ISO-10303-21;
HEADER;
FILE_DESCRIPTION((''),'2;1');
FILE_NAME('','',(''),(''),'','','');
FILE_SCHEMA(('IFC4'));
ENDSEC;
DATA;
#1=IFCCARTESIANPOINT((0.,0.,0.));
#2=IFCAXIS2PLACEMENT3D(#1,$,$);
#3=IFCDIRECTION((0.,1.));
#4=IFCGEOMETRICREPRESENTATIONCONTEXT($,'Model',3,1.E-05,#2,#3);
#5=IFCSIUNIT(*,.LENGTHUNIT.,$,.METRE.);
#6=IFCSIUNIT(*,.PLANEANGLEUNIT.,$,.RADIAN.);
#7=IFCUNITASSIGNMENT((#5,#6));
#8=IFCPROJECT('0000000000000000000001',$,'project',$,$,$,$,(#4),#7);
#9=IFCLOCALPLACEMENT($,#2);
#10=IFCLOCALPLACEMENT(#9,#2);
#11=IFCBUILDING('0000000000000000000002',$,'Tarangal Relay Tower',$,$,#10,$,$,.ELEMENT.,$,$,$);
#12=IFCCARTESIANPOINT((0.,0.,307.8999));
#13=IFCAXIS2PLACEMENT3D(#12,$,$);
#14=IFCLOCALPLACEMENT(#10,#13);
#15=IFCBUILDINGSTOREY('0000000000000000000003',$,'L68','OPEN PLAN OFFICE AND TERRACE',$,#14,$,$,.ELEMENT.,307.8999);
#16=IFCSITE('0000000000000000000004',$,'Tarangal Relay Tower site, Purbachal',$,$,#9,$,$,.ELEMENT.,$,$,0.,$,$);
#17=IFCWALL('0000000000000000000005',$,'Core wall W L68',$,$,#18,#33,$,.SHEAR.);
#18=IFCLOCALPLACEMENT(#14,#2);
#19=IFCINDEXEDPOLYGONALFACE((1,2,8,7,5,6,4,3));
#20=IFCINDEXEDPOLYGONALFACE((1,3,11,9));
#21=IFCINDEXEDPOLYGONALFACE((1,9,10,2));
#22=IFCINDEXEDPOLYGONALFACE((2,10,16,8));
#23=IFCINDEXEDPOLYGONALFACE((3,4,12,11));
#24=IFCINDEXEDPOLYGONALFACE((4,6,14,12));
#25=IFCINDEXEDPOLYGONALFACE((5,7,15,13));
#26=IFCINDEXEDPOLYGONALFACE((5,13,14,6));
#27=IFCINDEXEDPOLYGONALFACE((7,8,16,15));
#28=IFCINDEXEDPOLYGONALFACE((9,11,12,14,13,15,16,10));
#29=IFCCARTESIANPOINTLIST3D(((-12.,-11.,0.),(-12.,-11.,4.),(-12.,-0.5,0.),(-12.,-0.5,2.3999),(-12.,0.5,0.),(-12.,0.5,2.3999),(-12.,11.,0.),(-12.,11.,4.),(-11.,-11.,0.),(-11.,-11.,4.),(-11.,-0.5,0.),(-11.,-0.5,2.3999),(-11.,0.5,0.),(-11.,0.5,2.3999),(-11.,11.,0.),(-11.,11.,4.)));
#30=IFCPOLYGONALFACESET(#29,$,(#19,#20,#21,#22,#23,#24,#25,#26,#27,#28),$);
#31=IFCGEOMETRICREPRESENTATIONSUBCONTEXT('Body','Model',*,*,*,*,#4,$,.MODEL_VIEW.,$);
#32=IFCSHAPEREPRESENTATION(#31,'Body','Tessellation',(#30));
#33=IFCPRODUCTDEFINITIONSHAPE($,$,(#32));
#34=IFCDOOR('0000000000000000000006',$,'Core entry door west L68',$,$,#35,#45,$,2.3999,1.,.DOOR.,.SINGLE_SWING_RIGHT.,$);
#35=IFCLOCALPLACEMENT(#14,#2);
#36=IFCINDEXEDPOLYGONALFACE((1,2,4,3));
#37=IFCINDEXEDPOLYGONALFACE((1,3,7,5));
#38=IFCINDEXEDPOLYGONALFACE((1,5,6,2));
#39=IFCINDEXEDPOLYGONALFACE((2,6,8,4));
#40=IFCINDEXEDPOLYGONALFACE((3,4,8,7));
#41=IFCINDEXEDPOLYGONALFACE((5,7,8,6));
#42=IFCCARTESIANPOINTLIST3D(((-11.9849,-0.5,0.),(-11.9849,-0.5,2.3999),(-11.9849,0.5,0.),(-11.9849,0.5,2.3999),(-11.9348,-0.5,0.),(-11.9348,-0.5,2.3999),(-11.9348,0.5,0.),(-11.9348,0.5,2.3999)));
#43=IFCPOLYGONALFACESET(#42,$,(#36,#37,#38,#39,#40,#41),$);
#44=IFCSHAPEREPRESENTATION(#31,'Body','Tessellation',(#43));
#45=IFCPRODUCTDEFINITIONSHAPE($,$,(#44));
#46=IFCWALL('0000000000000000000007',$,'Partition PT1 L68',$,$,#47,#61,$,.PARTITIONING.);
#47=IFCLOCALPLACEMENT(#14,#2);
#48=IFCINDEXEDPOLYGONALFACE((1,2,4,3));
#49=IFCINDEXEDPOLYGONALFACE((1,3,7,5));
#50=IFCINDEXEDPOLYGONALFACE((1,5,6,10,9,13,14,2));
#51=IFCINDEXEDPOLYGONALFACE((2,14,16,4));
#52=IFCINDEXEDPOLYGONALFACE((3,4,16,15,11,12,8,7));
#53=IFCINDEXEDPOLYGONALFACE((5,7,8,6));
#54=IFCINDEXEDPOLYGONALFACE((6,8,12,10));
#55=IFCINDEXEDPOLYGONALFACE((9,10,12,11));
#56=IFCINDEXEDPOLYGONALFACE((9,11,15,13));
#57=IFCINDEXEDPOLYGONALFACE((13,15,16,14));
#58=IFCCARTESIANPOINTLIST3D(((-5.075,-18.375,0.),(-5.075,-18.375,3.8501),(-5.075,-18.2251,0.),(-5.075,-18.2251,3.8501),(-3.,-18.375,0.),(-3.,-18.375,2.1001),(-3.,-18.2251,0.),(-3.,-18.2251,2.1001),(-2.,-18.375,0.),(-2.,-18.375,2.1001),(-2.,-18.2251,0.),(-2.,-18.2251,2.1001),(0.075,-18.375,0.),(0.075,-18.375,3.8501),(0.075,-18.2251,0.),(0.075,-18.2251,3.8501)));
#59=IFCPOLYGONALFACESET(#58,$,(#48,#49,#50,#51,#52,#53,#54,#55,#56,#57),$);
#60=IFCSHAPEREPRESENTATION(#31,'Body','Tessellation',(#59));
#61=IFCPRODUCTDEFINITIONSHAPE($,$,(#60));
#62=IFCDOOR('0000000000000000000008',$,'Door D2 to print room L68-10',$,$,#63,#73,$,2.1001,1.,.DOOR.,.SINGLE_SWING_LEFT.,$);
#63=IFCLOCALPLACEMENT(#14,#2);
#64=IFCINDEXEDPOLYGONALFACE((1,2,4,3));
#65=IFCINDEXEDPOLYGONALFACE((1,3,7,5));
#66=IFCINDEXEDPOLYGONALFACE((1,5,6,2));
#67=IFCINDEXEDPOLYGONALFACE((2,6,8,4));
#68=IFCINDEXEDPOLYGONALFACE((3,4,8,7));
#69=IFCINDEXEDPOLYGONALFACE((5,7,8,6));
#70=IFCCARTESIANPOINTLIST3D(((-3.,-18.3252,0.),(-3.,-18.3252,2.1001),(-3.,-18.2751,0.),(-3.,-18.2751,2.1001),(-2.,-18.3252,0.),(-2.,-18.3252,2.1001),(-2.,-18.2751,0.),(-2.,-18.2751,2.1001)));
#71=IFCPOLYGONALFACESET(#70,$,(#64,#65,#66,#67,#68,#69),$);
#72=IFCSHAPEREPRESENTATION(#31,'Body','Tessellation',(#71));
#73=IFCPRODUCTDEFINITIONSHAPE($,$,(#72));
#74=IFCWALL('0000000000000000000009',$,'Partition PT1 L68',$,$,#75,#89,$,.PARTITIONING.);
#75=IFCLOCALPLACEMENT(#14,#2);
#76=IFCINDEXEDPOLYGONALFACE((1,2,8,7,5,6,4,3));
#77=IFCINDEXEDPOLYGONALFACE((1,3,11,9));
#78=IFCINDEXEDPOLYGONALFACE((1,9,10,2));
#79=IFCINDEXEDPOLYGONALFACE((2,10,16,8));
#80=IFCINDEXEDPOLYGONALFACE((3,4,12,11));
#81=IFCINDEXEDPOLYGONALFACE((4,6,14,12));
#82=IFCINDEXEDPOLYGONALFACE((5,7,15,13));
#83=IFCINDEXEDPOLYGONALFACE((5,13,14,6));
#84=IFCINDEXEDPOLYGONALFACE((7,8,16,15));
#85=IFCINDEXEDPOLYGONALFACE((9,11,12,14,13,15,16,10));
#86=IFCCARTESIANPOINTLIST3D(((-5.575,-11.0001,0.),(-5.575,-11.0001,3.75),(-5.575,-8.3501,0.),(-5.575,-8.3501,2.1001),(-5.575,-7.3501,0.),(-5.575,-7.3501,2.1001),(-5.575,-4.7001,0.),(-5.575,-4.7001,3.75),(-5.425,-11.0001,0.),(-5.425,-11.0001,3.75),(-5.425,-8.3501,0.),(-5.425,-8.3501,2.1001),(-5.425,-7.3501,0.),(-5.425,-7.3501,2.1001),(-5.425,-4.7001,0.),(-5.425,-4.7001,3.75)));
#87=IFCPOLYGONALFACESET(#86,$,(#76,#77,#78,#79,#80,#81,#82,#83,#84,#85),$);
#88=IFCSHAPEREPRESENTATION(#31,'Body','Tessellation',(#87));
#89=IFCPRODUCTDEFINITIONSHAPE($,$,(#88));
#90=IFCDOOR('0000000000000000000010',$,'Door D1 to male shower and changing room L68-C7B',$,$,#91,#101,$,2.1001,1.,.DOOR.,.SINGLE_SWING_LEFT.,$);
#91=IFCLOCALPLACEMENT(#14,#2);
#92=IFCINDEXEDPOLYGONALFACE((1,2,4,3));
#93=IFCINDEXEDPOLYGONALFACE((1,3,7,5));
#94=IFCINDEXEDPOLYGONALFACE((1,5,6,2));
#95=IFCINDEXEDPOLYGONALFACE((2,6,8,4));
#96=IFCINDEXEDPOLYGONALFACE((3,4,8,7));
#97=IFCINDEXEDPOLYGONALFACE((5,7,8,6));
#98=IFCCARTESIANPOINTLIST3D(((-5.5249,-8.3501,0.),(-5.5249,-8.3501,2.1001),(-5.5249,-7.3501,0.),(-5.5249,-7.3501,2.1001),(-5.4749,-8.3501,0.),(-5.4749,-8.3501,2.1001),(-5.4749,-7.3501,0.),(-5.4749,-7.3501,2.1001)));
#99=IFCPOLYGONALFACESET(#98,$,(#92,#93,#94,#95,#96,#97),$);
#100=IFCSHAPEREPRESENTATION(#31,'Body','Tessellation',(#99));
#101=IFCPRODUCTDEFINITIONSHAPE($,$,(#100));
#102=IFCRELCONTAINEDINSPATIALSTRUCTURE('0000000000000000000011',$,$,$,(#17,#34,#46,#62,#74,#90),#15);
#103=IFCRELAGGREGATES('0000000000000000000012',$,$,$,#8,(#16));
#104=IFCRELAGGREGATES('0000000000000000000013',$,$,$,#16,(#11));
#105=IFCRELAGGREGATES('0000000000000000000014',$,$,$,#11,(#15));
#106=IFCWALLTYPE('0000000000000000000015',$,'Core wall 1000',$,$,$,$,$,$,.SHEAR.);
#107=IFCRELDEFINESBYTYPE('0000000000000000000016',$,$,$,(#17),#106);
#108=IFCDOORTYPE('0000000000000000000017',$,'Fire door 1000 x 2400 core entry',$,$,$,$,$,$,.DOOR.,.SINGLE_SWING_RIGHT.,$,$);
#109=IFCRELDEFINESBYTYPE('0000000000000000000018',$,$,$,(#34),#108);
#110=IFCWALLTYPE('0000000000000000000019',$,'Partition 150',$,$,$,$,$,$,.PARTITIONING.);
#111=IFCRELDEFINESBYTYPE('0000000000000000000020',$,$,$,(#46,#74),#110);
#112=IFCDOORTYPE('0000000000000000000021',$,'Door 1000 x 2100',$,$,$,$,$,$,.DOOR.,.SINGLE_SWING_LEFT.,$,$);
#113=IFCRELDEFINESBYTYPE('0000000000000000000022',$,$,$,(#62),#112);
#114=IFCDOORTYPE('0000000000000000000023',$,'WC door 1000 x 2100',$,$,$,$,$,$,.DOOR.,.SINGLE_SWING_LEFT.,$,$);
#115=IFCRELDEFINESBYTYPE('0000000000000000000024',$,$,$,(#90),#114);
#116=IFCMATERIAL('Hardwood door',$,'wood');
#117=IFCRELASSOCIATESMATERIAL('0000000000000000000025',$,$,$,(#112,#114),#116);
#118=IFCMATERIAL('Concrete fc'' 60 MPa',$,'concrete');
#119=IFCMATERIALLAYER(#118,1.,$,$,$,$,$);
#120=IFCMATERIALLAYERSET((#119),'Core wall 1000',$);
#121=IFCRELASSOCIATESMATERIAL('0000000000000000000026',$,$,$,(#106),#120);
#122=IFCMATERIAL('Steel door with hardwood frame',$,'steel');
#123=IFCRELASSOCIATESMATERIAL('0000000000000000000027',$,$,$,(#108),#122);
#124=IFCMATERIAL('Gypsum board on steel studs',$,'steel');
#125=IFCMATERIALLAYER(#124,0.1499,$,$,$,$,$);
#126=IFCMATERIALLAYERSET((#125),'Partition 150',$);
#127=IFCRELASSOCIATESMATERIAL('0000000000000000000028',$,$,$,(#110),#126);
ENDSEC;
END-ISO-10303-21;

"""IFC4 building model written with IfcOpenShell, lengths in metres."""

from ifc_helpers import new_model, si_unit, direction, frame, frame_2d, origin, place, context, subcontext, project, spatial, rectangle, extrude, material, layer, layer_set, type_object, element, fill, save


model = new_model("IFC4")

# Units and contexts
model_context = context("Model", 3, precision=1e-05, world=origin(), true_north=direction((0.0, 1.0)))
body_context = subcontext(model_context, "Body", "Model", "MODEL_VIEW")
ifc_project = project(units=[si_unit("LENGTHUNIT", "METRE"), si_unit("PLANEANGLEUNIT", "RADIAN")], contexts=[model_context])

# Site, building, storey
site_placement = place(None, origin())
site = spatial("IfcSite", under=ifc_project, at=site_placement, Name="Tarangal Relay Tower site, Purbachal", CompositionType="ELEMENT", RefElevation=0.0)
building_placement = place(site_placement, origin())
building = spatial("IfcBuilding", under=site, at=building_placement, Name="Tarangal Relay Tower", CompositionType="ELEMENT")
storey_placement = place(building_placement, frame((0.0, 0.0, 307.8999)))
storey = spatial("IfcBuildingStorey", under=building, at=storey_placement, Name="L68", Description="OPEN PLAN OFFICE AND TERRACE", CompositionType="ELEMENT", Elevation=307.8999)

# Shared definitions
ifc_material_1 = material(Name="Hardwood door", Category="wood")
door_type_1 = type_object("IfcDoorType", Name="Door 1000 x 2100", OperationType="SINGLE_SWING_LEFT", PredefinedType="DOOR", material=ifc_material_1)

# Shared definitions
ifc_material_2 = material(Name="Concrete fc' 60 MPa", Category="concrete")
door_type_2 = type_object("IfcDoorType", Name="WC door 1000 x 2100", OperationType="SINGLE_SWING_LEFT", PredefinedType="DOOR", material=ifc_material_1)

# Walls, openings, doors
ifc_layer_1 = layer(ifc_material_2, 1.0)
ifc_layer_set_1 = layer_set([ifc_layer_1], Name="Core wall 1000")
wall_type_1 = type_object("IfcWallType", Name="Core wall 1000", PredefinedType="SHEAR", material=ifc_layer_set_1)
wall_1_placement = place(storey_placement, frame((-11.5, -11.0, 0.0), z_axis=(0.0, 0.0, 1.0), x_axis=(0.0, 1.0, 0.0)))
wall_1 = element("IfcWall", 1, at=wall_1_placement, inside=storey, type_object=wall_type_1, Name="Core wall W L68", PredefinedType="SHEAR", context=body_context, shape_type="SweptSolid", body=[
    extrude(rectangle(XDim=22.0, YDim=1.0, at=frame_2d((11.0, 0.0))), origin(), (0.0, 0.0, 1.0), 4.0),
])
opening_1_placement = place(wall_1_placement, frame((10.5, 0.0, 0.0)))
opening_1 = element("IfcOpeningElement", 2, at=opening_1_placement, cuts=wall_1, PredefinedType="OPENING", context=body_context, shape_type="SweptSolid", body=[
    extrude(rectangle(XDim=1.0, YDim=2.3999, at=frame_2d((0.5, 1.2))), frame((0.0, 0.51, 0.0), z_axis=(0.0, -1.0, 0.0), x_axis=(1.0, 0.0, 0.0)), (0.0, 0.0, 1.0), 1.02),
])
ifc_material_3 = material(Name="Steel door with hardwood frame", Category="steel")
door_type_3 = type_object("IfcDoorType", Name="Fire door 1000 x 2400 core entry", OperationType="SINGLE_SWING_RIGHT", PredefinedType="DOOR", material=ifc_material_3)
door_1_placement = place(opening_1_placement, origin())
door_1 = element("IfcDoor", 3, at=door_1_placement, inside=storey, type_object=door_type_3, Name="Core entry door west L68", OperationType="SINGLE_SWING_RIGHT", OverallHeight=2.3999, OverallWidth=1.0, PredefinedType="DOOR", context=body_context, shape_type="SweptSolid", body=[
    extrude(rectangle(XDim=1.0, YDim=2.3999, at=frame_2d((0.5, 1.2))), frame((0.0, 0.4849, 0.0), z_axis=(0.0, -1.0, 0.0), x_axis=(1.0, 0.0, 0.0)), (0.0, 0.0, 1.0), 0.05),
])
fill(opening_1, door_1)
ifc_material_4 = material(Name="Gypsum board on steel studs", Category="steel")
ifc_layer_2 = layer(ifc_material_4, 0.1499)
ifc_layer_set_2 = layer_set([ifc_layer_2], Name="Partition 150")
wall_type_2 = type_object("IfcWallType", Name="Partition 150", PredefinedType="PARTITIONING", material=ifc_layer_set_2)
wall_2_placement = place(storey_placement, frame((-5.075, -18.3, 0.0), z_axis=(0.0, 0.0, 1.0), x_axis=(1.0, 0.0, 0.0)))
wall_2 = element("IfcWall", 4, at=wall_2_placement, inside=storey, type_object=wall_type_2, Name="Partition PT1 L68", PredefinedType="PARTITIONING", context=body_context, shape_type="SweptSolid", body=[
    extrude(rectangle(XDim=5.1499, YDim=0.1499, at=frame_2d((2.575, 0.0))), origin(), (0.0, 0.0, 1.0), 3.8501),
])
opening_2_placement = place(wall_2_placement, frame((2.075, 0.0, 0.0)))
opening_2 = element("IfcOpeningElement", 5, at=opening_2_placement, cuts=wall_2, PredefinedType="OPENING", context=body_context, shape_type="SweptSolid", body=[
    extrude(rectangle(XDim=1.0, YDim=2.1001, at=frame_2d((0.5, 1.05))), frame((0.0, 0.085, 0.0), z_axis=(0.0, -1.0, 0.0), x_axis=(1.0, 0.0, 0.0)), (0.0, 0.0, 1.0), 0.1699),
])
door_2_placement = place(opening_2_placement, origin())
door_2 = element("IfcDoor", 6, at=door_2_placement, inside=storey, type_object=door_type_1, Name="Door D2 to print room L68-10", OperationType="SINGLE_SWING_LEFT", OverallHeight=2.1001, OverallWidth=1.0, PredefinedType="DOOR", context=body_context, shape_type="SweptSolid", body=[
    extrude(rectangle(XDim=1.0, YDim=2.1001, at=frame_2d((0.5, 1.05))), frame((0.0, 0.0249, 0.0), z_axis=(0.0, -1.0, 0.0), x_axis=(1.0, 0.0, 0.0)), (0.0, 0.0, 1.0), 0.05),
])
fill(opening_2, door_2)
wall_3_placement = place(storey_placement, frame((-5.5, -11.0, 0.0), z_axis=(0.0, 0.0, 1.0), x_axis=(0.0, 1.0, 0.0)))
wall_3 = element("IfcWall", 7, at=wall_3_placement, inside=storey, type_object=wall_type_2, Name="Partition PT1 L68", PredefinedType="PARTITIONING", context=body_context, shape_type="SweptSolid", body=[
    extrude(rectangle(XDim=6.3, YDim=0.1499, at=frame_2d((3.1499, 0.0))), origin(), (0.0, 0.0, 1.0), 3.75),
])
opening_3_placement = place(wall_3_placement, frame((2.6499, 0.0, 0.0)))
opening_3 = element("IfcOpeningElement", 8, at=opening_3_placement, cuts=wall_3, PredefinedType="OPENING", context=body_context, shape_type="SweptSolid", body=[
    extrude(rectangle(XDim=1.0, YDim=2.1001, at=frame_2d((0.5, 1.05))), frame((0.0, 0.085, 0.0), z_axis=(0.0, -1.0, 0.0), x_axis=(1.0, 0.0, 0.0)), (0.0, 0.0, 1.0), 0.1699),
])
door_3_placement = place(opening_3_placement, origin())
door_3 = element("IfcDoor", 9, at=door_3_placement, inside=storey, type_object=door_type_2, Name="Door D1 to male shower and changing room L68-C7B", OperationType="SINGLE_SWING_LEFT", OverallHeight=2.1001, OverallWidth=1.0, PredefinedType="DOOR", context=body_context, shape_type="SweptSolid", body=[
    extrude(rectangle(XDim=1.0, YDim=2.1001, at=frame_2d((0.5, 1.05))), frame((0.0, 0.0249, 0.0), z_axis=(0.0, -1.0, 0.0), x_axis=(1.0, 0.0, 0.0)), (0.0, 0.0, 1.0), 0.05),
])
fill(opening_3, door_3)

save(model, "model.ifc")
